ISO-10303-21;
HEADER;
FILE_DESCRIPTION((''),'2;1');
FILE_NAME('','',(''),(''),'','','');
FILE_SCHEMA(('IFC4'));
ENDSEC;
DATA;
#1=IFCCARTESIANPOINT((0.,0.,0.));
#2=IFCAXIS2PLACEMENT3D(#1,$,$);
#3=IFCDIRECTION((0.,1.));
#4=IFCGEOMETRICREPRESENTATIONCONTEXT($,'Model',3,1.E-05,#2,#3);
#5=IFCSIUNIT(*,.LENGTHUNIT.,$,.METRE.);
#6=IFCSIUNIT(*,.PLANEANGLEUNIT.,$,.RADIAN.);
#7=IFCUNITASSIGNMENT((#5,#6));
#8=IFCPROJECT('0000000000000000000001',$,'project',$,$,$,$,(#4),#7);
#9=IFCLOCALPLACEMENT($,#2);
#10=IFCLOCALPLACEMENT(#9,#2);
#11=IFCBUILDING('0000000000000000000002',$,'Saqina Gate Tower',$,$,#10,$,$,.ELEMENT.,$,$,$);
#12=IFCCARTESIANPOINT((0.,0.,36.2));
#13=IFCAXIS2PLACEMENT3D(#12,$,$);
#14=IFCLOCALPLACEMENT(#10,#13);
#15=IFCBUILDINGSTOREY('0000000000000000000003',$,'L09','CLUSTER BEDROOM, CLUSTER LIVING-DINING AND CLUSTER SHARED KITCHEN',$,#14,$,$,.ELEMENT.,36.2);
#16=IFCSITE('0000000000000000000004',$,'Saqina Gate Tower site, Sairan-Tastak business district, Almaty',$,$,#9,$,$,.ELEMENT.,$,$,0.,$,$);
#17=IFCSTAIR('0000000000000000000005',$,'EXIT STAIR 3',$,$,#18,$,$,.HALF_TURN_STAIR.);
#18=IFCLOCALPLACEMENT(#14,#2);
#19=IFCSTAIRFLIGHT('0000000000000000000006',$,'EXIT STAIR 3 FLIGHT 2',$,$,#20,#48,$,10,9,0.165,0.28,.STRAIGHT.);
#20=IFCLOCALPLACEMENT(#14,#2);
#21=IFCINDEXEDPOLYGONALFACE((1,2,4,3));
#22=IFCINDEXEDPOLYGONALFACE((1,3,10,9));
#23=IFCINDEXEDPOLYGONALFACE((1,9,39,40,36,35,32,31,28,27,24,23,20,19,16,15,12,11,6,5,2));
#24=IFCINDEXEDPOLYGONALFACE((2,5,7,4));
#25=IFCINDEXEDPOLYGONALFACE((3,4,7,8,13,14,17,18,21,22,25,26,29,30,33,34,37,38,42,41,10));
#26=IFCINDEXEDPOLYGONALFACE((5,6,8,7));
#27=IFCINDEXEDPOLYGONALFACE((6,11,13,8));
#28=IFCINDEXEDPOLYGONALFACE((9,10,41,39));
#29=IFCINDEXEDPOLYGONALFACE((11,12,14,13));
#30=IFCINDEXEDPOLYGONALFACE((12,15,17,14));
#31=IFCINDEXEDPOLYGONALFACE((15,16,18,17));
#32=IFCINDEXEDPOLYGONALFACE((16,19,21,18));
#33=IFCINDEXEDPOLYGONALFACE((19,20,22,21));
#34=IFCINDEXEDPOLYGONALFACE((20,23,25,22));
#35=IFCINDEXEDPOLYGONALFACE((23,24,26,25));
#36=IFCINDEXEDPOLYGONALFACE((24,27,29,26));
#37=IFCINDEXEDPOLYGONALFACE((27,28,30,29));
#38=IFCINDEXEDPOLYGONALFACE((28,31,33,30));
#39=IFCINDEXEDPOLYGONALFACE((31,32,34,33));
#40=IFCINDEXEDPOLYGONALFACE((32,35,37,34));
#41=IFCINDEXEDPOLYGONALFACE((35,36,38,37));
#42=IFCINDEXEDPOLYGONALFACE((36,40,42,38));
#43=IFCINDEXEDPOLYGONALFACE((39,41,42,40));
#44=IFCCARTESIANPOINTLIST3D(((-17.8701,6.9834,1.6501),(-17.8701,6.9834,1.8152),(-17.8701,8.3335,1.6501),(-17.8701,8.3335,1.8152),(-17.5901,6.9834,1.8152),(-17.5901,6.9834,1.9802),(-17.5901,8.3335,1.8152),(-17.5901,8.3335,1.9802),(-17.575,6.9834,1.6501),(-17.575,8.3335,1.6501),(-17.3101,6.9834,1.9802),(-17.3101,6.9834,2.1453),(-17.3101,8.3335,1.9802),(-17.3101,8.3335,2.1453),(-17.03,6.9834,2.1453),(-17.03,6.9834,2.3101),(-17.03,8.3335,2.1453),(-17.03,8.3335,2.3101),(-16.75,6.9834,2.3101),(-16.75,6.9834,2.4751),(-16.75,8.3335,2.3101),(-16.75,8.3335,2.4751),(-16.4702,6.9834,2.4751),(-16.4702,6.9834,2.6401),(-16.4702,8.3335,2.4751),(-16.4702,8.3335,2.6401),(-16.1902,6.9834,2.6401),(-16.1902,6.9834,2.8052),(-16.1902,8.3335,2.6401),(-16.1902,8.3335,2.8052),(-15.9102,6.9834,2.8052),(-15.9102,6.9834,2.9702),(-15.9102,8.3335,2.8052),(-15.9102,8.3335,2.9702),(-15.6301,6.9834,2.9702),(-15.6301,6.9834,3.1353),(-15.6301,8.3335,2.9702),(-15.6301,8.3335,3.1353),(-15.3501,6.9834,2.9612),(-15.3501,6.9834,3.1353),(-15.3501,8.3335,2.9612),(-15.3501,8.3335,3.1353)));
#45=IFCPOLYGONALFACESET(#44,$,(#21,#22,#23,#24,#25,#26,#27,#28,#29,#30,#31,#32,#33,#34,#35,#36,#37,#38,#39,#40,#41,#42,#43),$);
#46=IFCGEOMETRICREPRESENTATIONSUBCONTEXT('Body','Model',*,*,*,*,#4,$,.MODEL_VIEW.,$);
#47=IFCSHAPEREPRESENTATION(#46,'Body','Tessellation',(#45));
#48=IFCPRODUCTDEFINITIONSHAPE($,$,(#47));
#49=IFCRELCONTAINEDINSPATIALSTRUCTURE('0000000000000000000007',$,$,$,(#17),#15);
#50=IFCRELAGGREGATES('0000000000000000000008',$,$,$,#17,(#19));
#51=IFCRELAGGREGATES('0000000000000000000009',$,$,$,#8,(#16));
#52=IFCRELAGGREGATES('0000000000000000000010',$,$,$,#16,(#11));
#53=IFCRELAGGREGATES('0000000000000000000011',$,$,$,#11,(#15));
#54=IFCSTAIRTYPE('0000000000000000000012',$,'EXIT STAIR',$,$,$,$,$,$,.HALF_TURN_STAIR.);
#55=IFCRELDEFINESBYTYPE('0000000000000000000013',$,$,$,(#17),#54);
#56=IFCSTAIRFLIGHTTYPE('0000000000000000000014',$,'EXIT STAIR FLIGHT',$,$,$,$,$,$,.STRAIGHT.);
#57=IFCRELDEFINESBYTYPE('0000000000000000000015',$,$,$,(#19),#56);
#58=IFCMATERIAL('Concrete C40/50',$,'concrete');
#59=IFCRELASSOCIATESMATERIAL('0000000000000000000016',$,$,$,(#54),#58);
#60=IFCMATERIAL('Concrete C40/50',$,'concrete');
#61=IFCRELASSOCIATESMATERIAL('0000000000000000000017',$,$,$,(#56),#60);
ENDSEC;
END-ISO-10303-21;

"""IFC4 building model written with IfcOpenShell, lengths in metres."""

from ifc_helpers import new_model, si_unit, direction, frame, origin, place, context, subcontext, project, spatial, polyline, outline, extrude, material, type_object, element, aggregate, save


model = new_model("IFC4")

# Units and contexts
model_context = context("Model", 3, precision=1e-05, world=origin(), true_north=direction((0.0, 1.0)))
body_context = subcontext(model_context, "Body", "Model", "MODEL_VIEW")
ifc_project = project(units=[si_unit("LENGTHUNIT", "METRE"), si_unit("PLANEANGLEUNIT", "RADIAN")], contexts=[model_context])

# Site, building, storey
site_placement = place(None, origin())
site = spatial("IfcSite", under=ifc_project, at=site_placement, Name="Saqina Gate Tower site, Sairan-Tastak business district, Almaty", CompositionType="ELEMENT", RefElevation=0.0)
building_placement = place(site_placement, origin())
building = spatial("IfcBuilding", under=site, at=building_placement, Name="Saqina Gate Tower", CompositionType="ELEMENT")
storey_placement = place(building_placement, frame((0.0, 0.0, 36.2)))
storey = spatial("IfcBuildingStorey", under=building, at=storey_placement, Name="L09", Description="CLUSTER BEDROOM, CLUSTER LIVING-DINING AND CLUSTER SHARED KITCHEN", CompositionType="ELEMENT", Elevation=36.2)

# Stair, stair flight
ifc_material_1 = material(Name="Concrete C40/50", Category="concrete")
stair_type = type_object("IfcStairType", Name="EXIT STAIR", PredefinedType="HALF_TURN_STAIR", material=ifc_material_1)
stair_placement = place(storey_placement, origin())
stair = element("IfcStair", 1, at=stair_placement, inside=storey, type_object=stair_type, Name="EXIT STAIR 3", PredefinedType="HALF_TURN_STAIR")
ifc_material_2 = material(Name="Concrete C40/50", Category="concrete")
stair_flight_type = type_object("IfcStairFlightType", Name="EXIT STAIR FLIGHT", PredefinedType="STRAIGHT", material=ifc_material_2)
stair_flight_placement = place(storey_placement, frame((-17.8701, 7.6584, 1.6501), z_axis=(0.0, 0.0, 1.0), x_axis=(1.0, 0.0, 0.0)))
stair_flight = element("IfcStairFlight", 2, at=stair_flight_placement, type_object=stair_flight_type, Name="EXIT STAIR 3 FLIGHT 2", NumberOfRisers=10, NumberOfTreads=9, PredefinedType="STRAIGHT", RiserHeight=0.165, TreadLength=0.28, context=body_context, shape_type="SweptSolid", body=[
    extrude(outline(polyline([(0.0, 0.0), (0.0, 0.165), (0.28, 0.165), (0.28, 0.3301), (0.5601, 0.3301), (0.5601, 0.4951), (0.8401, 0.4951), (0.8401, 0.6599), (1.1201, 0.6599), (1.1201, 0.825), (1.3999, 0.825), (1.3999, 0.99), (1.6799, 0.99), (1.6799, 1.155), (1.96, 1.155), (1.96, 1.3201), (2.24, 1.3201), (2.24, 1.4851), (2.52, 1.4851), (2.52, 1.6499), (2.52, 1.311), (0.2952, 0.0), (0.0, 0.0)])), frame((0.0, 0.675, 0.0), z_axis=(0.0, -1.0, 0.0), x_axis=(1.0, 0.0, 0.0)), (0.0, 0.0, 1.0), 1.3501),
])
aggregate(stair, [stair_flight])

save(model, "model.ifc")
